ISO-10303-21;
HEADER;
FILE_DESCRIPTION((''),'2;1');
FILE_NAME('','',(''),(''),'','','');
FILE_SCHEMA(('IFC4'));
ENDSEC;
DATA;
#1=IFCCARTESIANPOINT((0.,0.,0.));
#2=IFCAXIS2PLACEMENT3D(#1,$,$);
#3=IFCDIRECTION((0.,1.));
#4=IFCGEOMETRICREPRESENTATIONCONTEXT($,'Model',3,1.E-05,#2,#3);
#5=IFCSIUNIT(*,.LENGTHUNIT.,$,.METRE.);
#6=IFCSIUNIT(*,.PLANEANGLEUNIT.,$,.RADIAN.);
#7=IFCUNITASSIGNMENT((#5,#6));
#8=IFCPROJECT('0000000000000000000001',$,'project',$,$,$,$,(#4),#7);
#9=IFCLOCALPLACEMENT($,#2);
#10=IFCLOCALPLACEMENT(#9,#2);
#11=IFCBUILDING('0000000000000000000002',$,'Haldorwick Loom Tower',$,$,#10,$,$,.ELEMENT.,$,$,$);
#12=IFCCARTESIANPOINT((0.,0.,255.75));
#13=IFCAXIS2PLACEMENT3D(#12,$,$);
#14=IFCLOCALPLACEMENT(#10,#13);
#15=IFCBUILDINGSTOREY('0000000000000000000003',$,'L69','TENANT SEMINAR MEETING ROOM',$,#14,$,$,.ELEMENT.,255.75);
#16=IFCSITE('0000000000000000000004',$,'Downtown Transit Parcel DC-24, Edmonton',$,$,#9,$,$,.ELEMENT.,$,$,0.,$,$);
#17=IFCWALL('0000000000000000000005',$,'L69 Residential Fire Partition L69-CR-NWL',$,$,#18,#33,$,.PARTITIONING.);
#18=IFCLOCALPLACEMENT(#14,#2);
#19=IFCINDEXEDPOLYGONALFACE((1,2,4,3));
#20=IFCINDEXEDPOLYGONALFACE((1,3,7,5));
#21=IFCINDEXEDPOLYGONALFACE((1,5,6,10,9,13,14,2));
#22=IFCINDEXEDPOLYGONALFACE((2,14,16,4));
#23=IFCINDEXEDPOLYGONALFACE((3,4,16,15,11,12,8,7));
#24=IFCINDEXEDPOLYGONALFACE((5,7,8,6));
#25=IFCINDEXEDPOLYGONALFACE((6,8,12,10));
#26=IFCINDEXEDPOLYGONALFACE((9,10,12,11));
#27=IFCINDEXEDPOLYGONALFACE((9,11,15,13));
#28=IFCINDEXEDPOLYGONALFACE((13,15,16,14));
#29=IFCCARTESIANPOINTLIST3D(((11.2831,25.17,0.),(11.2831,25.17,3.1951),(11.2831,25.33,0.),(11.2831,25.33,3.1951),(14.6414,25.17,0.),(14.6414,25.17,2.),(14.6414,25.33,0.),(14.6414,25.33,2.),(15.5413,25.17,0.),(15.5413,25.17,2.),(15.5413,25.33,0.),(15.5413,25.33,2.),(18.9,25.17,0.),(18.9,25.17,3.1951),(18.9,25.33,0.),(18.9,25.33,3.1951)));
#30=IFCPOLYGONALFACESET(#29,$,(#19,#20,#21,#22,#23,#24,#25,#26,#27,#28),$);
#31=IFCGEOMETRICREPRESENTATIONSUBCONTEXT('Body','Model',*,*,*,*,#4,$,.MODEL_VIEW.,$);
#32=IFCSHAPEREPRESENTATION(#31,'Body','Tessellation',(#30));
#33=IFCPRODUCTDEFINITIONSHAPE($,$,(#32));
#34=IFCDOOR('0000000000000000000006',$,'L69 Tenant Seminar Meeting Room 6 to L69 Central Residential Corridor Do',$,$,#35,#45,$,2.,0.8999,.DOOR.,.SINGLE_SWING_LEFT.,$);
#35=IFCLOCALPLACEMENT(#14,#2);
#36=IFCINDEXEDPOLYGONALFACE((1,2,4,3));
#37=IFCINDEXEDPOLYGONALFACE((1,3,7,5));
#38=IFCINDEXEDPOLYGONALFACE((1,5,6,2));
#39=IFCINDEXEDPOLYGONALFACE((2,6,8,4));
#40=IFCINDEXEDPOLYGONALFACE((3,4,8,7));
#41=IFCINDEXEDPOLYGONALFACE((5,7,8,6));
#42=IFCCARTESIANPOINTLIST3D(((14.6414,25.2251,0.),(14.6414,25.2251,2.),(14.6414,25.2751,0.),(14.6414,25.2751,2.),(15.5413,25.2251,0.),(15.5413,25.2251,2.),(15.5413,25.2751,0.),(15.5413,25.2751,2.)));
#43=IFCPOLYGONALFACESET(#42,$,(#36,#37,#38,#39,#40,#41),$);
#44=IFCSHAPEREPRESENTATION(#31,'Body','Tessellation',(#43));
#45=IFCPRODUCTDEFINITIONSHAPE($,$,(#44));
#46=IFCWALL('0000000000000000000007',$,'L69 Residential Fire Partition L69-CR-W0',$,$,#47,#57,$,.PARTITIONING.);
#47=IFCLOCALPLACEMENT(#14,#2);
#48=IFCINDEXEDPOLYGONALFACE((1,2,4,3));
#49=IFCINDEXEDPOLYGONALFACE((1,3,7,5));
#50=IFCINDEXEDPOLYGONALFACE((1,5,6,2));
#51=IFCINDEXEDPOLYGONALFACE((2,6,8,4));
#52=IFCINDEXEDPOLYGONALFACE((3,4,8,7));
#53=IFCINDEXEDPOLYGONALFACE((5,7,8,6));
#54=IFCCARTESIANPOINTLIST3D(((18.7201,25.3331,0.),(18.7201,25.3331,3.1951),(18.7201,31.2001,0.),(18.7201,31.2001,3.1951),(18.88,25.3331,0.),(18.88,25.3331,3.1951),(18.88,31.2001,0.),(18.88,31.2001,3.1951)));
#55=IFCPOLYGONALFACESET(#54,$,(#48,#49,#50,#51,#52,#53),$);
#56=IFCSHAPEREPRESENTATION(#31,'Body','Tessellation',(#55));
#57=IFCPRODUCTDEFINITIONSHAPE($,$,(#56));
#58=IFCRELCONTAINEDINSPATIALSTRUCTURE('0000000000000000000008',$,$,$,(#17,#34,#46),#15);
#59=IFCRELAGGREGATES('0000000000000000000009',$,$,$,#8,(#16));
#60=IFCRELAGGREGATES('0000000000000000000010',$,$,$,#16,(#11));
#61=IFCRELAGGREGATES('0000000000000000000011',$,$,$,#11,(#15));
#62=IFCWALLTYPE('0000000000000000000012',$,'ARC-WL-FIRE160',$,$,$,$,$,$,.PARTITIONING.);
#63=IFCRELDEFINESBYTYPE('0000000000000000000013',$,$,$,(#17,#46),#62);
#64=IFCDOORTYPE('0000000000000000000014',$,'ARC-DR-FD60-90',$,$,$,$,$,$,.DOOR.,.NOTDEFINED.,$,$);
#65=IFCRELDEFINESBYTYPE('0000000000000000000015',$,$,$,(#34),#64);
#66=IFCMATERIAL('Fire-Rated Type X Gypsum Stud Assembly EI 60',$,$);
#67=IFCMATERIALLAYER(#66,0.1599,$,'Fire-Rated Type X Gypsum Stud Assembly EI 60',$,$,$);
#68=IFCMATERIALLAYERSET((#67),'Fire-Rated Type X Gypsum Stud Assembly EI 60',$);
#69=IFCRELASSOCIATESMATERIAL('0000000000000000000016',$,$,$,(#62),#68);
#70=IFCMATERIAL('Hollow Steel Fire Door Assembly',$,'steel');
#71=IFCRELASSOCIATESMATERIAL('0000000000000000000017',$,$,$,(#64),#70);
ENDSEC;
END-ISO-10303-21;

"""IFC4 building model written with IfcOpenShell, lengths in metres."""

from ifc_helpers import new_model, si_unit, direction, frame, frame_2d, origin, place, context, subcontext, project, spatial, rectangle, extrude, material, layer, layer_set, type_object, element, fill, save


model = new_model("IFC4")

# Units and contexts
model_context = context("Model", 3, precision=1e-05, world=origin(), true_north=direction((0.0, 1.0)))
body_context = subcontext(model_context, "Body", "Model", "MODEL_VIEW")
ifc_project = project(units=[si_unit("LENGTHUNIT", "METRE"), si_unit("PLANEANGLEUNIT", "RADIAN")], contexts=[model_context])

# Site, building, storey
site_placement = place(None, origin())
site = spatial("IfcSite", under=ifc_project, at=site_placement, Name="Downtown Transit Parcel DC-24, Edmonton", CompositionType="ELEMENT", RefElevation=0.0)
building_placement = place(site_placement, origin())
building = spatial("IfcBuilding", under=site, at=building_placement, Name="Haldorwick Loom Tower", CompositionType="ELEMENT")
storey_placement = place(building_placement, frame((0.0, 0.0, 255.75)))
storey = spatial("IfcBuildingStorey", under=building, at=storey_placement, Name="L69", Description="TENANT SEMINAR MEETING ROOM", CompositionType="ELEMENT", Elevation=255.75)

# Shared definitions
ifc_material_1 = material(Name="Fire-Rated Type X Gypsum Stud Assembly EI 60")
ifc_layer_1 = layer(ifc_material_1, 0.1599, Name="Fire-Rated Type X Gypsum Stud Assembly EI 60")
ifc_layer_set_1 = layer_set([ifc_layer_1], Name="Fire-Rated Type X Gypsum Stud Assembly EI 60")
wall_type_1 = type_object("IfcWallType", Name="ARC-WL-FIRE160", PredefinedType="PARTITIONING", material=ifc_layer_set_1)
ifc_material_2 = material(Name="Hollow Steel Fire Door Assembly", Category="steel")
door_type = type_object("IfcDoorType", Name="ARC-DR-FD60-90", OperationType="NOTDEFINED", PredefinedType="DOOR", material=ifc_material_2)

# Wall, opening, door
wall_1_placement = place(storey_placement, frame((11.283, 25.25, 0.0), z_axis=(0.0, 0.0, 1.0), x_axis=(1.0, 0.0, 0.0)))
wall_1 = element("IfcWall", 1, at=wall_1_placement, inside=storey, type_object=wall_type_1, Name="L69 Residential Fire Partition L69-CR-NWL", PredefinedType="PARTITIONING", context=body_context, shape_type="SweptSolid", body=[
    extrude(rectangle(XDim=7.6169, YDim=0.1599, at=frame_2d((3.8086, 0.0))), origin(), (0.0, 0.0, 1.0), 3.1951),
])
opening_1_placement = place(wall_1_placement, frame((3.3584, 0.0, 0.0)))
opening_1 = element("IfcOpeningElement", 2, at=opening_1_placement, cuts=wall_1, PredefinedType="OPENING", context=body_context, shape_type="SweptSolid", body=[
    extrude(rectangle(XDim=0.8999, YDim=2.0, at=frame_2d((0.45, 1.0))), frame((0.0, 0.0898, 0.0), z_axis=(0.0, -1.0, 0.0), x_axis=(1.0, 0.0, 0.0)), (0.0, 0.0, 1.0), 0.1799),
])
door_1_placement = place(opening_1_placement, frame((0.8999, 0.0, 0.0), z_axis=(0.0, 0.0, 1.0), x_axis=(-1.0, 0.0, 0.0)))
door_1 = element("IfcDoor", 3, at=door_1_placement, inside=storey, type_object=door_type, Name="L69 Tenant Seminar Meeting Room 6 to L69 Central Residential Corridor Do", OperationType="SINGLE_SWING_LEFT", OverallHeight=2.0, OverallWidth=0.8999, PredefinedType="DOOR", context=body_context, shape_type="SweptSolid", body=[
    extrude(rectangle(XDim=0.8999, YDim=2.0, at=frame_2d((0.45, 1.0))), frame((0.0, 0.0249, 0.0), z_axis=(0.0, -1.0, 0.0), x_axis=(1.0, 0.0, 0.0)), (0.0, 0.0, 1.0), 0.05),
])
fill(opening_1, door_1)

# Wall
wall_2_placement = place(storey_placement, frame((18.8, 25.333, 0.0), z_axis=(0.0, 0.0, 1.0), x_axis=(0.0, 1.0, 0.0)))
element("IfcWall", 4, at=wall_2_placement, inside=storey, type_object=wall_type_1, Name="L69 Residential Fire Partition L69-CR-W0", PredefinedType="PARTITIONING", context=body_context, shape_type="SweptSolid", body=[
    extrude(rectangle(XDim=5.8669, YDim=0.1599, at=frame_2d((2.9336, 0.0))), origin(), (0.0, 0.0, 1.0), 3.1951),
])

save(model, "model.ifc")
